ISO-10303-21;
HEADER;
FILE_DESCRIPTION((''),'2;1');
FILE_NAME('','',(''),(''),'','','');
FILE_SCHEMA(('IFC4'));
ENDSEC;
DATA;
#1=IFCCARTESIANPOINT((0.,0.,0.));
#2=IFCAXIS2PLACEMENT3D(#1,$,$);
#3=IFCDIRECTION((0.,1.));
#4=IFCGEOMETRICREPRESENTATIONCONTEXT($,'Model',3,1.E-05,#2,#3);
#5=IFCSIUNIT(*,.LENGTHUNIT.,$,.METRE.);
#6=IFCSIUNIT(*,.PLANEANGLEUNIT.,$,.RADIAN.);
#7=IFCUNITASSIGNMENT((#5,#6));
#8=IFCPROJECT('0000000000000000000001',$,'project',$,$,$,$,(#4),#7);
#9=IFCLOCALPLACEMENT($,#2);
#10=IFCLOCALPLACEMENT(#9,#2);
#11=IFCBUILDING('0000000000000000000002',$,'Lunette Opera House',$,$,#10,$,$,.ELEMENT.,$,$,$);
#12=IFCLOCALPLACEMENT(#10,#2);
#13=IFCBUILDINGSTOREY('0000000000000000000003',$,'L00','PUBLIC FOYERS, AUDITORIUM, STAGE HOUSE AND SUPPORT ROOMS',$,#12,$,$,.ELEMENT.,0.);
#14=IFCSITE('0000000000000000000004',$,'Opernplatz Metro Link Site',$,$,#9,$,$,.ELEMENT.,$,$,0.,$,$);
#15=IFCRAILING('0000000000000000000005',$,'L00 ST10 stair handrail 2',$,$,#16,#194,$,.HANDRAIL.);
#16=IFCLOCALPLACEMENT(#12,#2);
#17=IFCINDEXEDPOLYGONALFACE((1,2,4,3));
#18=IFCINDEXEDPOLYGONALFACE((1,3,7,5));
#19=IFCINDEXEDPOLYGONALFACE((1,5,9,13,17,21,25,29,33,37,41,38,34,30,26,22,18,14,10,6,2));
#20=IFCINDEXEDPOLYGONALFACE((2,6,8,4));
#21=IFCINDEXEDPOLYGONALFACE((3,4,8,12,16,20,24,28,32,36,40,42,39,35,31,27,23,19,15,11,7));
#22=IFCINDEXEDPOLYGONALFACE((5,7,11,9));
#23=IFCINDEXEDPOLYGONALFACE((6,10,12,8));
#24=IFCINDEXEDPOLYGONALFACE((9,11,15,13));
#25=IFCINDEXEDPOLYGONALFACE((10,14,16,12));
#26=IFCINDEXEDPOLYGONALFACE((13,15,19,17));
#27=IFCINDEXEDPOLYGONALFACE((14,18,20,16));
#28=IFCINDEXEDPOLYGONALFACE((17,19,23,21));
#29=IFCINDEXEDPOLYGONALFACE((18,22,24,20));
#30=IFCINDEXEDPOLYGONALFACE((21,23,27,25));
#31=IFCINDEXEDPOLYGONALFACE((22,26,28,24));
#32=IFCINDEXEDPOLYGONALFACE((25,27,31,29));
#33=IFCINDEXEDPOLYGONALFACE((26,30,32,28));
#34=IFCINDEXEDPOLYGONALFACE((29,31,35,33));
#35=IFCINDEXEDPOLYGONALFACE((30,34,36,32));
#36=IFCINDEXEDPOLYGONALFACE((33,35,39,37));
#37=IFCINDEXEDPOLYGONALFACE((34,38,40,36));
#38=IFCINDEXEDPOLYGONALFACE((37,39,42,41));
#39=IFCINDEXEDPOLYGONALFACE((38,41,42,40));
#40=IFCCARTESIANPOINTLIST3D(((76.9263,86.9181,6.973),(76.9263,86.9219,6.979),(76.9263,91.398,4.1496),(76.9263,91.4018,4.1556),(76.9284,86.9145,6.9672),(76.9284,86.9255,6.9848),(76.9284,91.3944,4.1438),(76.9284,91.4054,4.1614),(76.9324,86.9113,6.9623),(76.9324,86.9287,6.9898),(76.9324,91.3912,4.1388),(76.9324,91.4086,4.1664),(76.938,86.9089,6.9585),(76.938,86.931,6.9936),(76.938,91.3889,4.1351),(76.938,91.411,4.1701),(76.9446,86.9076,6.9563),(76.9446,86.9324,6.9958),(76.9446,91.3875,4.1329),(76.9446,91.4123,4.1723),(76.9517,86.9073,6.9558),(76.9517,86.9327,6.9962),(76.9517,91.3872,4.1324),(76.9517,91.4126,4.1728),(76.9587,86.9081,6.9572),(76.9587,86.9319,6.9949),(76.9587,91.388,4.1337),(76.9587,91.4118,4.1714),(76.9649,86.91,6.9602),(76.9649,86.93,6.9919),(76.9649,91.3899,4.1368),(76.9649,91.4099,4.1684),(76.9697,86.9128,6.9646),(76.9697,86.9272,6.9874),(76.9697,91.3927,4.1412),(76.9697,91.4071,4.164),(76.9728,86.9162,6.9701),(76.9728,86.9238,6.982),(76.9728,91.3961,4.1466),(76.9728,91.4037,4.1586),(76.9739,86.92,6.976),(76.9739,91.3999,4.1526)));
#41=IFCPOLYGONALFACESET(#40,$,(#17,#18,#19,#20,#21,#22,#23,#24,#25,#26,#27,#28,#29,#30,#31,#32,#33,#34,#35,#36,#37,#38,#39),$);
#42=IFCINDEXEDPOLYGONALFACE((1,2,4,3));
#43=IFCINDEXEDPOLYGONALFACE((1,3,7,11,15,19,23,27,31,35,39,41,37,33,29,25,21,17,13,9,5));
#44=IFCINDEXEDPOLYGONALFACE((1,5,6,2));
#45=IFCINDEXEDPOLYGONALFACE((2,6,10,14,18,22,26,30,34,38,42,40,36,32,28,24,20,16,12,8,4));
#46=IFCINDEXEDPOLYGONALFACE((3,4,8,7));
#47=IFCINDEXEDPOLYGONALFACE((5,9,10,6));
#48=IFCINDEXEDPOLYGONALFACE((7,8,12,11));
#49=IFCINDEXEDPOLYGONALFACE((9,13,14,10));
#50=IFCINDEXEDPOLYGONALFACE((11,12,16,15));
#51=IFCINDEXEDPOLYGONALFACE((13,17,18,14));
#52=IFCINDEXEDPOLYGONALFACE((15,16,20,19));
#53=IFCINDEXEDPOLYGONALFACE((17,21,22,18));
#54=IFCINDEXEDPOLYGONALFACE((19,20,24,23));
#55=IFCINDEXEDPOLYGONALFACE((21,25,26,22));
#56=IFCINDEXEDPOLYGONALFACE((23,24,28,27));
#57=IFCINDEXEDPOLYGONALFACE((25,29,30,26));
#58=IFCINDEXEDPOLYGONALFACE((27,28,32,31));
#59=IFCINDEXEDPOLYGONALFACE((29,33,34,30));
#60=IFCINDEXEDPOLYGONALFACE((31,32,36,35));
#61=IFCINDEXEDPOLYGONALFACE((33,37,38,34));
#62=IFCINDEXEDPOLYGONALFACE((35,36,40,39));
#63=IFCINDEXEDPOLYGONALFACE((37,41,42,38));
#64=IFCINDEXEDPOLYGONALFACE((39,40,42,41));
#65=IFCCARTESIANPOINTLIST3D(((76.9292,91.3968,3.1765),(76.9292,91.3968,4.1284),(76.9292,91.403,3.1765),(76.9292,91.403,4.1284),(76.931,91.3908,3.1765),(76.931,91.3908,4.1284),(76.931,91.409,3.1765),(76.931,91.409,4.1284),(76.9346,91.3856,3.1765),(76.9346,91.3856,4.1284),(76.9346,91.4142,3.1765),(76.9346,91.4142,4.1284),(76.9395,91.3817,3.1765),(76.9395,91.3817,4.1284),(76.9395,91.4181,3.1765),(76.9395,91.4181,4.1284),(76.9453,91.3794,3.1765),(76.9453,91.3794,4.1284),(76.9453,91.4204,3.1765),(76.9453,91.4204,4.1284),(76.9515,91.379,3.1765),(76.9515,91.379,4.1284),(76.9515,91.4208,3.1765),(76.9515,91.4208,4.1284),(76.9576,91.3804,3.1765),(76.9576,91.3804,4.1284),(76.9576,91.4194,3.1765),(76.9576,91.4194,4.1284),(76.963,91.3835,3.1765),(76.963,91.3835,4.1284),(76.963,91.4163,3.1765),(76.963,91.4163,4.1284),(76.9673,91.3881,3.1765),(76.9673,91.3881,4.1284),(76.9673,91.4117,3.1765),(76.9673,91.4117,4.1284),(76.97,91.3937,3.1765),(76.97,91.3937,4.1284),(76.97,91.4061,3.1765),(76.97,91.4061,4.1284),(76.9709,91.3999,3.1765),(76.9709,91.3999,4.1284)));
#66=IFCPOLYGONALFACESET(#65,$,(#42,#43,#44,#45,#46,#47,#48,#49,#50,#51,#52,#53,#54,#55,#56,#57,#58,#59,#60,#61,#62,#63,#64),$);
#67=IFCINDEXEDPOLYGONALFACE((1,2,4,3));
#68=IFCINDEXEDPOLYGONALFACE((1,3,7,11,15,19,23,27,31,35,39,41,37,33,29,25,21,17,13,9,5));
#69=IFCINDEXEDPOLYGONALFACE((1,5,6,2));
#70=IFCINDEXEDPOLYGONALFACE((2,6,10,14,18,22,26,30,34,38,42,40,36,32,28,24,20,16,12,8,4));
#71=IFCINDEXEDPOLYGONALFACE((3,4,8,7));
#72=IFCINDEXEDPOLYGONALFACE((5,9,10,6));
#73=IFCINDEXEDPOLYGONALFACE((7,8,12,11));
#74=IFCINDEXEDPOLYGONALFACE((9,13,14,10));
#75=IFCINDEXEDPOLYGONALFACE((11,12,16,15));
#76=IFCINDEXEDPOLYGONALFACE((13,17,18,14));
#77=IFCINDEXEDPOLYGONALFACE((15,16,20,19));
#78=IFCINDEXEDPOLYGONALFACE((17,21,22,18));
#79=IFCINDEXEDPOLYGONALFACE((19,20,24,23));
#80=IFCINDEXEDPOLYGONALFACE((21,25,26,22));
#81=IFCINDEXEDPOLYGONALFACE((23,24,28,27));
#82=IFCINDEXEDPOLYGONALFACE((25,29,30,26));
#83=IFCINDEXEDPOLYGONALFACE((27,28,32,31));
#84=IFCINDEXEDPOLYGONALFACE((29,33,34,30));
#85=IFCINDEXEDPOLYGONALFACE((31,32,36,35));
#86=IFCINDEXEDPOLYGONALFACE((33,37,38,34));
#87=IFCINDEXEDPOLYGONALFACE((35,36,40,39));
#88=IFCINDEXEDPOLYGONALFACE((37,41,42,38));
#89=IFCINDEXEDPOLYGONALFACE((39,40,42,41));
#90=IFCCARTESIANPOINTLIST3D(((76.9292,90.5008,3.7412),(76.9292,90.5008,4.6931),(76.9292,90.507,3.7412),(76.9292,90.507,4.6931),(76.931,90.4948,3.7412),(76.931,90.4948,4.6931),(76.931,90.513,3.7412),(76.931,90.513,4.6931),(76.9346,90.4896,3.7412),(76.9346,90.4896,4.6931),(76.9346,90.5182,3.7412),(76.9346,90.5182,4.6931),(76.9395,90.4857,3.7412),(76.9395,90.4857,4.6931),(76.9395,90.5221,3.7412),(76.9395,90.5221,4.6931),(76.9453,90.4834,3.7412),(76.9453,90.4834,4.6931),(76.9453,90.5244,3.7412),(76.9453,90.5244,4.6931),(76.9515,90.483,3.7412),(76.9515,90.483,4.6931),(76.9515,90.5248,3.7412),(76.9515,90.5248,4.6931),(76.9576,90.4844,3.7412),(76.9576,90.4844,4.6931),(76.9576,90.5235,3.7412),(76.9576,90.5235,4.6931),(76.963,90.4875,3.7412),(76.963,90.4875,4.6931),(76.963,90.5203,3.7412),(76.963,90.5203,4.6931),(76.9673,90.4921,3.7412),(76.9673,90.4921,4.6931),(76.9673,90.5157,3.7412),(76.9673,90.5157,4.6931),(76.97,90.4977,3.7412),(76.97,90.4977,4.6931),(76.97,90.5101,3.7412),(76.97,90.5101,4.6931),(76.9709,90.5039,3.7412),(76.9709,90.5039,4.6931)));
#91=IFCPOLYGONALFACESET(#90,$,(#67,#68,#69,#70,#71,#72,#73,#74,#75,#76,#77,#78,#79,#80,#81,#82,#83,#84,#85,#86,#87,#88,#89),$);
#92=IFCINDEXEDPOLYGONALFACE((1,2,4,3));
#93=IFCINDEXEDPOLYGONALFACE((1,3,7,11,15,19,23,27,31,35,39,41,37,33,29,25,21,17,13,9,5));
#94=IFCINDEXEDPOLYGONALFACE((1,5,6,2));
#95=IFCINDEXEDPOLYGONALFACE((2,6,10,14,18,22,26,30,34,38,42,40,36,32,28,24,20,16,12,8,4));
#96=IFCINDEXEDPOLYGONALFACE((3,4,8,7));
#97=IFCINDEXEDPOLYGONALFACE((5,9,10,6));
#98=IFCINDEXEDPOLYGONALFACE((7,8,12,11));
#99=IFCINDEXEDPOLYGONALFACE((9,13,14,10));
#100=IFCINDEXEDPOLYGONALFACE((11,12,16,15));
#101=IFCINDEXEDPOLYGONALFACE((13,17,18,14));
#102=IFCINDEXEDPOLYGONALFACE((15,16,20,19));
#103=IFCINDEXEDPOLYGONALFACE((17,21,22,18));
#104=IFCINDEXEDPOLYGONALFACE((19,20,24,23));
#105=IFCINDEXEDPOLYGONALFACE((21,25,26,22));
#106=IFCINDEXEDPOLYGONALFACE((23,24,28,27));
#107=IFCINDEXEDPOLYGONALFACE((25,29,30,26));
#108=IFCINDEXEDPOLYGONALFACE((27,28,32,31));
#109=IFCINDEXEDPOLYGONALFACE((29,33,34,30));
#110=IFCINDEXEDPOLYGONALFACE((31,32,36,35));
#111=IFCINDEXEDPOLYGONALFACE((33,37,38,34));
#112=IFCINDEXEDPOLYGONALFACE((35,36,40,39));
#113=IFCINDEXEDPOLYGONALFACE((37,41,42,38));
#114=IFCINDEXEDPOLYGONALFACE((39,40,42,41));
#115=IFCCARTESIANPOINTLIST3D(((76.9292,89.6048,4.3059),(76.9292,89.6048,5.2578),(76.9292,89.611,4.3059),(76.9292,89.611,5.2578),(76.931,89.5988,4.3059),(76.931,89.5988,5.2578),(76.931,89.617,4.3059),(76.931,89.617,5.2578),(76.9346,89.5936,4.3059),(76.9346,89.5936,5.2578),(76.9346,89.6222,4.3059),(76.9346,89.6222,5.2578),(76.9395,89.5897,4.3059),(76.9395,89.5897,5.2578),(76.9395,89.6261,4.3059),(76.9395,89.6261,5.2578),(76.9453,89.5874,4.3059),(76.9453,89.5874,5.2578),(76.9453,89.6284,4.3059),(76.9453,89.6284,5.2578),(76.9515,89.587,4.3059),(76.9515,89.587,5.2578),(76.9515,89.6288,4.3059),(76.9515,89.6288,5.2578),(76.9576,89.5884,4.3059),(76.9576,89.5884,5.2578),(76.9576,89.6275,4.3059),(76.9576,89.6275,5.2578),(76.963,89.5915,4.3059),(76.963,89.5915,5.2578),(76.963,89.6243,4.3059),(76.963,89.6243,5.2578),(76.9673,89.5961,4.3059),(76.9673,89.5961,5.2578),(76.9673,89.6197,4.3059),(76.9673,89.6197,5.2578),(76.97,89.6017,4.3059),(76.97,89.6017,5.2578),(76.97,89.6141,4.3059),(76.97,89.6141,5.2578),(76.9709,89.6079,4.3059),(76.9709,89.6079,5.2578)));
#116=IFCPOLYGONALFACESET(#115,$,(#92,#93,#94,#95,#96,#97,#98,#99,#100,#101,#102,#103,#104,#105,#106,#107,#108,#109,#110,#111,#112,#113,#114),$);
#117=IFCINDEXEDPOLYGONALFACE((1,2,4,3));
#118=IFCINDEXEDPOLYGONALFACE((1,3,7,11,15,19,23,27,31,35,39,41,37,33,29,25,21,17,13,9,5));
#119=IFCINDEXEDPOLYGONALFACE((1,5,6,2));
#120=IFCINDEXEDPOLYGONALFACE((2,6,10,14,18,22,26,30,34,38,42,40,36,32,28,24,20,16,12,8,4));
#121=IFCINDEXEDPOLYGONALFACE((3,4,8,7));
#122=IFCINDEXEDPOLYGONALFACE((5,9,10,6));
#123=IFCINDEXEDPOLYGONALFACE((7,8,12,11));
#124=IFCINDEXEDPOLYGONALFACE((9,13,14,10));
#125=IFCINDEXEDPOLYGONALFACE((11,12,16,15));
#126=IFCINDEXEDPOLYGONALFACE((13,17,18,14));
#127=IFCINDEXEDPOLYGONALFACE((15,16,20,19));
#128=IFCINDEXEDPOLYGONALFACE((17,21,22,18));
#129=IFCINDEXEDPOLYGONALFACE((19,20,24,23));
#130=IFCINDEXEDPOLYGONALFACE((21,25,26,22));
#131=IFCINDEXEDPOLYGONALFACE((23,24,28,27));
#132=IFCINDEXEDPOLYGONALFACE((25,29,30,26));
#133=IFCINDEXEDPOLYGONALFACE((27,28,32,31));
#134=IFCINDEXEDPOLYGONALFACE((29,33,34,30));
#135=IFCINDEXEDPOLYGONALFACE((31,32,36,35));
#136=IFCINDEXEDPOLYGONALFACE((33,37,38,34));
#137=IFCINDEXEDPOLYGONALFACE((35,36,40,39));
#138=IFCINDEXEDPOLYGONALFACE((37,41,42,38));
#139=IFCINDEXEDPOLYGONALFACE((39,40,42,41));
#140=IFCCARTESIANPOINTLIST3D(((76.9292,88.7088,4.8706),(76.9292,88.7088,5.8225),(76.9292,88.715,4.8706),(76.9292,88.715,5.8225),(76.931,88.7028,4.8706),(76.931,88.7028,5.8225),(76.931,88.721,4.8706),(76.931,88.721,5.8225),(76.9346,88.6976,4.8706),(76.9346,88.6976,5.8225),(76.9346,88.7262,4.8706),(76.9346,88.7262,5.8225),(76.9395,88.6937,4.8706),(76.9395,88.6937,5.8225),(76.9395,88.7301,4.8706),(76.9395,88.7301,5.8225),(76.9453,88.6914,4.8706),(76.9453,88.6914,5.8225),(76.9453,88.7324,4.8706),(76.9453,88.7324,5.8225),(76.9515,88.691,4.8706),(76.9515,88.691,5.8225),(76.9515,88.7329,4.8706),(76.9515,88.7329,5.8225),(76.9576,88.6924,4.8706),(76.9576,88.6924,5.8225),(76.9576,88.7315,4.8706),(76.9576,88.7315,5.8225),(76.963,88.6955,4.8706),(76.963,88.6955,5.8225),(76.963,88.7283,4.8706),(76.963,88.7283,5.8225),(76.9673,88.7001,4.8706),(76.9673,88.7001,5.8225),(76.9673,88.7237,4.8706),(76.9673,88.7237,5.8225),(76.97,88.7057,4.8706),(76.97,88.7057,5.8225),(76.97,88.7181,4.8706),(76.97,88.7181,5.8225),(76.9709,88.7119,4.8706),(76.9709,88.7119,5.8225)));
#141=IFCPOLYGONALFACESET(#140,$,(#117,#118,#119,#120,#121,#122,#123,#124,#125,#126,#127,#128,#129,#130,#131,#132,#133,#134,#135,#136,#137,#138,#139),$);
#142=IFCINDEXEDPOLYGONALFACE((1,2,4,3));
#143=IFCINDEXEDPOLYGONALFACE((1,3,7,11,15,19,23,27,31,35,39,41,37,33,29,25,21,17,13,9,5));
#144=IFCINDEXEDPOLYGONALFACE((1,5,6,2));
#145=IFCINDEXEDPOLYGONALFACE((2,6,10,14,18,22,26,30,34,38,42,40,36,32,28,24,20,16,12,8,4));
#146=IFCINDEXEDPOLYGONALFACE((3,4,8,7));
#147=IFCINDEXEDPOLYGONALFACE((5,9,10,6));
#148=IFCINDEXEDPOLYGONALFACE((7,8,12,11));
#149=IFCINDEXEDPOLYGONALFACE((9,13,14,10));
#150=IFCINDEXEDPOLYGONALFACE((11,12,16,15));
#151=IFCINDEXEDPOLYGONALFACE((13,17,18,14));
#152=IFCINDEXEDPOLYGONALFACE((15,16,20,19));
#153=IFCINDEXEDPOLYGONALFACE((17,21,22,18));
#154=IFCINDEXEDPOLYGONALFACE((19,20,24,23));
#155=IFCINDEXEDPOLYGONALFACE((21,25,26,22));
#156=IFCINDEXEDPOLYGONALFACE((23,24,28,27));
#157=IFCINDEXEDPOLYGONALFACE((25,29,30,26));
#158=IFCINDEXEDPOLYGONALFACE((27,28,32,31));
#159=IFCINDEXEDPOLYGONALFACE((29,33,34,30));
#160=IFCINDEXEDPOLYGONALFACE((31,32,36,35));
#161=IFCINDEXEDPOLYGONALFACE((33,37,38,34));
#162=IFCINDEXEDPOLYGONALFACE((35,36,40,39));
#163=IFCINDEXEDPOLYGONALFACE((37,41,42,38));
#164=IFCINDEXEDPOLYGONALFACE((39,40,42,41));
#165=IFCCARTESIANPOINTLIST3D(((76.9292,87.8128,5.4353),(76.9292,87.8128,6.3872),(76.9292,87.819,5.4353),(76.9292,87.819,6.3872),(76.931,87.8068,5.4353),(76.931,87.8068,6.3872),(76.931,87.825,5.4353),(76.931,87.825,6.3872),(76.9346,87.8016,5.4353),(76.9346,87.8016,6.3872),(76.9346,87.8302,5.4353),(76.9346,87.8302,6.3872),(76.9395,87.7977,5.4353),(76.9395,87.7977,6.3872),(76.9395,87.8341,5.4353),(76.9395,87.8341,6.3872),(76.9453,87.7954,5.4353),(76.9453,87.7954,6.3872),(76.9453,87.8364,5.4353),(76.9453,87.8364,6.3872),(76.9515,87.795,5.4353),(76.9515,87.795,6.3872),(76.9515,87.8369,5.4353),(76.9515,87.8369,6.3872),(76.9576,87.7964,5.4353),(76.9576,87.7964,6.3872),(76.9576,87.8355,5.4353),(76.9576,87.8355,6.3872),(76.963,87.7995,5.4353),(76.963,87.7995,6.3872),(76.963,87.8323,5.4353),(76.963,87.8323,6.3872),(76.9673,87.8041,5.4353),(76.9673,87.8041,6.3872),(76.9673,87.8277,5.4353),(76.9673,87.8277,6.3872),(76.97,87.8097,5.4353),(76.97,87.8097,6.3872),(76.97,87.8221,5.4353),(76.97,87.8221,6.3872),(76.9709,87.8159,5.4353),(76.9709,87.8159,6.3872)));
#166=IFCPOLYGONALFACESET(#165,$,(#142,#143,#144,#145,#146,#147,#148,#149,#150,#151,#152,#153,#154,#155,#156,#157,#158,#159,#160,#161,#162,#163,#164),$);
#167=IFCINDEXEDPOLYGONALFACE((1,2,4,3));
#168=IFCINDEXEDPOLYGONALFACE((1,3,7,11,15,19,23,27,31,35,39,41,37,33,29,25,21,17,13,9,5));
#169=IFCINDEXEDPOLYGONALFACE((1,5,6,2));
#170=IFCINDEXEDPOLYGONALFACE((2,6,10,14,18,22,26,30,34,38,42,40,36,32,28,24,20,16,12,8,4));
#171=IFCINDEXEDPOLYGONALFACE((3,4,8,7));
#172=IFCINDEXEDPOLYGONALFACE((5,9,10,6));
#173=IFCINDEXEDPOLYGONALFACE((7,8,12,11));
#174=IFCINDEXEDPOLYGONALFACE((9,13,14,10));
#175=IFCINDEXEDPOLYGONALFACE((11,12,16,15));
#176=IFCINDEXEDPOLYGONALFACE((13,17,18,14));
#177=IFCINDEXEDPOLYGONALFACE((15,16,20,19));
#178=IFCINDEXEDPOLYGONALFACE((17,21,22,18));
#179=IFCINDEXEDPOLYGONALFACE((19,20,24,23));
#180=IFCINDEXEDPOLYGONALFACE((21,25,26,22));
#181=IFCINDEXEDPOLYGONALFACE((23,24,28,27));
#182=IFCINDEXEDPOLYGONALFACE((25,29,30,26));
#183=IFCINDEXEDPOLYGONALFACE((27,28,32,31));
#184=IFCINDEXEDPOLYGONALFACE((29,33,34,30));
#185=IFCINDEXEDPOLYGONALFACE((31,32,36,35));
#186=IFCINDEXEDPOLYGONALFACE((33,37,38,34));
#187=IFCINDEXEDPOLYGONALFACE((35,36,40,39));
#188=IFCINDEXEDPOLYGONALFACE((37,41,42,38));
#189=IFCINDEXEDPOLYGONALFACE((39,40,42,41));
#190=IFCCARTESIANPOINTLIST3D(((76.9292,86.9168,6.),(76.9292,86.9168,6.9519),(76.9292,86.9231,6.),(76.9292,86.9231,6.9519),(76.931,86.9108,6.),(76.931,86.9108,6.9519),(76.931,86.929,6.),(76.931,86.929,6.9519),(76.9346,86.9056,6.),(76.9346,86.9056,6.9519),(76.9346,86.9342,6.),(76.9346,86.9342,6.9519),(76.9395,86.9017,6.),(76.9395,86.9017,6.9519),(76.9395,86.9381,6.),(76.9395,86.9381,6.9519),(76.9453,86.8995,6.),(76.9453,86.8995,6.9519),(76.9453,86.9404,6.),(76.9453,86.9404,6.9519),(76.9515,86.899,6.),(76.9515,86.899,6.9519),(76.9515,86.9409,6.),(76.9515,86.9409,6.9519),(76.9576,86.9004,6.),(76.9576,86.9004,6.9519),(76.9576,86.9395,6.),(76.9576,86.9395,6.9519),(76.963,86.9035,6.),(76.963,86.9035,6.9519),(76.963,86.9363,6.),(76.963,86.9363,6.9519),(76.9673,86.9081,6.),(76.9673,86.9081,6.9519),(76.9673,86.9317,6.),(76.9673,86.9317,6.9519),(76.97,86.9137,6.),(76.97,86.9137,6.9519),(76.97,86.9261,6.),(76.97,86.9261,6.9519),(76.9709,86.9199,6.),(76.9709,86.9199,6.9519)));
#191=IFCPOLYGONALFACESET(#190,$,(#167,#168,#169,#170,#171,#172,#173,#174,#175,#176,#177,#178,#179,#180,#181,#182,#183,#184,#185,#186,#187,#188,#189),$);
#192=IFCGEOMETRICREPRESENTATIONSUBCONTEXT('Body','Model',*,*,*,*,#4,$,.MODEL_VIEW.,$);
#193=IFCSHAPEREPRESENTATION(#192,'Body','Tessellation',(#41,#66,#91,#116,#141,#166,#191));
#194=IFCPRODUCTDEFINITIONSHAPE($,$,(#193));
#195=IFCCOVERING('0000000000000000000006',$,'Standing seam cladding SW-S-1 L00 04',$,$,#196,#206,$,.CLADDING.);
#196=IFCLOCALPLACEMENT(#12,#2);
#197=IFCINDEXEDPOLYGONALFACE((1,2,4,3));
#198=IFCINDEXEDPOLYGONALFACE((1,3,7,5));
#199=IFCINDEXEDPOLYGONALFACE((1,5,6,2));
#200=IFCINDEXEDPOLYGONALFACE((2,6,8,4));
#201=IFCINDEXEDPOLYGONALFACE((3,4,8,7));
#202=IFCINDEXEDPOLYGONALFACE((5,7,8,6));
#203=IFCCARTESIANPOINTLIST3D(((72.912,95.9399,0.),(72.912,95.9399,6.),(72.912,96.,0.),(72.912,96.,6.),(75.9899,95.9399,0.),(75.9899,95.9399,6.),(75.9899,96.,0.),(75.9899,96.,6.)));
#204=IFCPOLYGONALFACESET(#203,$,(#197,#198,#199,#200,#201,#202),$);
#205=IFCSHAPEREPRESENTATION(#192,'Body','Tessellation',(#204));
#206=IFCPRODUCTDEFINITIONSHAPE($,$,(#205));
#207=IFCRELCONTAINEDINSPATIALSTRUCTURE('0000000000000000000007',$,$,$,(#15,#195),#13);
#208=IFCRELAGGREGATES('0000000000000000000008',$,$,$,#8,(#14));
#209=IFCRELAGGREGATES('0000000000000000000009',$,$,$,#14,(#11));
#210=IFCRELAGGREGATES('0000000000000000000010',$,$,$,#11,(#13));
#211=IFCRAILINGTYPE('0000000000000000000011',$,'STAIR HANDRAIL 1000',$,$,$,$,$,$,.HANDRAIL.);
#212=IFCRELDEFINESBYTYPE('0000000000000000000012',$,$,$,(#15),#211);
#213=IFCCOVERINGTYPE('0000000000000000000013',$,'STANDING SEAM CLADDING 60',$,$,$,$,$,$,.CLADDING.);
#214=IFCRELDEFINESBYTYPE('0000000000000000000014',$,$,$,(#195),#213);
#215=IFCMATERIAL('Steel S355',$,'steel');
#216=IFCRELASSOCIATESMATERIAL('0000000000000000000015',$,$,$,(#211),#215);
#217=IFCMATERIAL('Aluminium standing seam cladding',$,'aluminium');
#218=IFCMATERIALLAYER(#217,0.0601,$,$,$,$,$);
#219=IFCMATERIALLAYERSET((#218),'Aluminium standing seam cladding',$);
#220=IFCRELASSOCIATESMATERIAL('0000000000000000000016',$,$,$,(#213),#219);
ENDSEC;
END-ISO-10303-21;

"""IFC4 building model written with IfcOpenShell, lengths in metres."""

from ifc_helpers import new_model, si_unit, direction, frame, origin, origin_2d, place, context, subcontext, project, spatial, rectangle, circle, extrude, material, layer, layer_set, type_object, element, save


model = new_model("IFC4")

# Units and contexts
model_context = context("Model", 3, precision=1e-05, world=origin(), true_north=direction((0.0, 1.0)))
body_context = subcontext(model_context, "Body", "Model", "MODEL_VIEW")
ifc_project = project(units=[si_unit("LENGTHUNIT", "METRE"), si_unit("PLANEANGLEUNIT", "RADIAN")], contexts=[model_context])

# Site, building, storey
site_placement = place(None, origin())
site = spatial("IfcSite", under=ifc_project, at=site_placement, Name="Opernplatz Metro Link Site", CompositionType="ELEMENT", RefElevation=0.0)
building_placement = place(site_placement, origin())
building = spatial("IfcBuilding", under=site, at=building_placement, Name="Lunette Opera House", CompositionType="ELEMENT")
storey_placement = place(building_placement, origin())
storey = spatial("IfcBuildingStorey", under=building, at=storey_placement, Name="L00", Description="PUBLIC FOYERS, AUDITORIUM, STAGE HOUSE AND SUPPORT ROOMS", CompositionType="ELEMENT", Elevation=0.0)

# Railing
ifc_material_1 = material(Name="Steel S355", Category="steel")
railing_type_1 = type_object("IfcRailingType", Name="STAIR HANDRAIL 1000", PredefinedType="HANDRAIL", material=ifc_material_1)
railing_1_placement = place(storey_placement, frame((76.95, 91.3999, 3.1765)))
element("IfcRailing", 1, at=railing_1_placement, inside=storey, type_object=railing_type_1, Name="L00 ST10 stair handrail 2", PredefinedType="HANDRAIL", context=body_context, shape_type="SweptSolid", body=[
    extrude(circle(Radius=0.0239, at=origin_2d()), frame((0.0, 0.0, 0.9761), z_axis=(0.0, -0.845998, 0.533186), x_axis=(1.0, 0.0, 0.0)), (0.0, 0.0, 1.0), 5.2954),
    extrude(circle(Radius=0.021, at=origin_2d()), origin(), (0.0, 0.0, 1.0), 0.9519),
    extrude(circle(Radius=0.021, at=origin_2d()), frame((0.0, -0.896, 0.5647)), (0.0, 0.0, 1.0), 0.9519),
    extrude(circle(Radius=0.021, at=origin_2d()), frame((0.0, -1.792, 1.1294)), (0.0, 0.0, 1.0), 0.9519),
    extrude(circle(Radius=0.021, at=origin_2d()), frame((0.0, -2.688, 1.6941)), (0.0, 0.0, 1.0), 0.9519),
    extrude(circle(Radius=0.021, at=origin_2d()), frame((0.0, -3.584, 2.2588)), (0.0, 0.0, 1.0), 0.9519),
    extrude(circle(Radius=0.021, at=origin_2d()), frame((0.0, -4.48, 2.8235)), (0.0, 0.0, 1.0), 0.9519),
])

# Covering
ifc_material_2 = material(Name="Aluminium standing seam cladding", Category="aluminium")
ifc_layer_1 = layer(ifc_material_2, 0.0601)
ifc_layer_set_1 = layer_set([ifc_layer_1], Name="Aluminium standing seam cladding")
covering_type = type_object("IfcCoveringType", Name="STANDING SEAM CLADDING 60", PredefinedType="CLADDING", material=ifc_layer_set_1)
covering_placement = place(storey_placement, frame((74.4509, 95.97, 0.0), z_axis=(0.0, 0.0, 1.0), x_axis=(1.0, 0.0, 0.0)))
element("IfcCovering", 2, at=covering_placement, inside=storey, type_object=covering_type, Name="Standing seam cladding SW-S-1 L00 04", PredefinedType="CLADDING", context=body_context, shape_type="SweptSolid", body=[
    extrude(rectangle(XDim=3.0779, YDim=0.0601, at=origin_2d()), origin(), (0.0, 0.0, 1.0), 6.0),
])

save(model, "model.ifc")
